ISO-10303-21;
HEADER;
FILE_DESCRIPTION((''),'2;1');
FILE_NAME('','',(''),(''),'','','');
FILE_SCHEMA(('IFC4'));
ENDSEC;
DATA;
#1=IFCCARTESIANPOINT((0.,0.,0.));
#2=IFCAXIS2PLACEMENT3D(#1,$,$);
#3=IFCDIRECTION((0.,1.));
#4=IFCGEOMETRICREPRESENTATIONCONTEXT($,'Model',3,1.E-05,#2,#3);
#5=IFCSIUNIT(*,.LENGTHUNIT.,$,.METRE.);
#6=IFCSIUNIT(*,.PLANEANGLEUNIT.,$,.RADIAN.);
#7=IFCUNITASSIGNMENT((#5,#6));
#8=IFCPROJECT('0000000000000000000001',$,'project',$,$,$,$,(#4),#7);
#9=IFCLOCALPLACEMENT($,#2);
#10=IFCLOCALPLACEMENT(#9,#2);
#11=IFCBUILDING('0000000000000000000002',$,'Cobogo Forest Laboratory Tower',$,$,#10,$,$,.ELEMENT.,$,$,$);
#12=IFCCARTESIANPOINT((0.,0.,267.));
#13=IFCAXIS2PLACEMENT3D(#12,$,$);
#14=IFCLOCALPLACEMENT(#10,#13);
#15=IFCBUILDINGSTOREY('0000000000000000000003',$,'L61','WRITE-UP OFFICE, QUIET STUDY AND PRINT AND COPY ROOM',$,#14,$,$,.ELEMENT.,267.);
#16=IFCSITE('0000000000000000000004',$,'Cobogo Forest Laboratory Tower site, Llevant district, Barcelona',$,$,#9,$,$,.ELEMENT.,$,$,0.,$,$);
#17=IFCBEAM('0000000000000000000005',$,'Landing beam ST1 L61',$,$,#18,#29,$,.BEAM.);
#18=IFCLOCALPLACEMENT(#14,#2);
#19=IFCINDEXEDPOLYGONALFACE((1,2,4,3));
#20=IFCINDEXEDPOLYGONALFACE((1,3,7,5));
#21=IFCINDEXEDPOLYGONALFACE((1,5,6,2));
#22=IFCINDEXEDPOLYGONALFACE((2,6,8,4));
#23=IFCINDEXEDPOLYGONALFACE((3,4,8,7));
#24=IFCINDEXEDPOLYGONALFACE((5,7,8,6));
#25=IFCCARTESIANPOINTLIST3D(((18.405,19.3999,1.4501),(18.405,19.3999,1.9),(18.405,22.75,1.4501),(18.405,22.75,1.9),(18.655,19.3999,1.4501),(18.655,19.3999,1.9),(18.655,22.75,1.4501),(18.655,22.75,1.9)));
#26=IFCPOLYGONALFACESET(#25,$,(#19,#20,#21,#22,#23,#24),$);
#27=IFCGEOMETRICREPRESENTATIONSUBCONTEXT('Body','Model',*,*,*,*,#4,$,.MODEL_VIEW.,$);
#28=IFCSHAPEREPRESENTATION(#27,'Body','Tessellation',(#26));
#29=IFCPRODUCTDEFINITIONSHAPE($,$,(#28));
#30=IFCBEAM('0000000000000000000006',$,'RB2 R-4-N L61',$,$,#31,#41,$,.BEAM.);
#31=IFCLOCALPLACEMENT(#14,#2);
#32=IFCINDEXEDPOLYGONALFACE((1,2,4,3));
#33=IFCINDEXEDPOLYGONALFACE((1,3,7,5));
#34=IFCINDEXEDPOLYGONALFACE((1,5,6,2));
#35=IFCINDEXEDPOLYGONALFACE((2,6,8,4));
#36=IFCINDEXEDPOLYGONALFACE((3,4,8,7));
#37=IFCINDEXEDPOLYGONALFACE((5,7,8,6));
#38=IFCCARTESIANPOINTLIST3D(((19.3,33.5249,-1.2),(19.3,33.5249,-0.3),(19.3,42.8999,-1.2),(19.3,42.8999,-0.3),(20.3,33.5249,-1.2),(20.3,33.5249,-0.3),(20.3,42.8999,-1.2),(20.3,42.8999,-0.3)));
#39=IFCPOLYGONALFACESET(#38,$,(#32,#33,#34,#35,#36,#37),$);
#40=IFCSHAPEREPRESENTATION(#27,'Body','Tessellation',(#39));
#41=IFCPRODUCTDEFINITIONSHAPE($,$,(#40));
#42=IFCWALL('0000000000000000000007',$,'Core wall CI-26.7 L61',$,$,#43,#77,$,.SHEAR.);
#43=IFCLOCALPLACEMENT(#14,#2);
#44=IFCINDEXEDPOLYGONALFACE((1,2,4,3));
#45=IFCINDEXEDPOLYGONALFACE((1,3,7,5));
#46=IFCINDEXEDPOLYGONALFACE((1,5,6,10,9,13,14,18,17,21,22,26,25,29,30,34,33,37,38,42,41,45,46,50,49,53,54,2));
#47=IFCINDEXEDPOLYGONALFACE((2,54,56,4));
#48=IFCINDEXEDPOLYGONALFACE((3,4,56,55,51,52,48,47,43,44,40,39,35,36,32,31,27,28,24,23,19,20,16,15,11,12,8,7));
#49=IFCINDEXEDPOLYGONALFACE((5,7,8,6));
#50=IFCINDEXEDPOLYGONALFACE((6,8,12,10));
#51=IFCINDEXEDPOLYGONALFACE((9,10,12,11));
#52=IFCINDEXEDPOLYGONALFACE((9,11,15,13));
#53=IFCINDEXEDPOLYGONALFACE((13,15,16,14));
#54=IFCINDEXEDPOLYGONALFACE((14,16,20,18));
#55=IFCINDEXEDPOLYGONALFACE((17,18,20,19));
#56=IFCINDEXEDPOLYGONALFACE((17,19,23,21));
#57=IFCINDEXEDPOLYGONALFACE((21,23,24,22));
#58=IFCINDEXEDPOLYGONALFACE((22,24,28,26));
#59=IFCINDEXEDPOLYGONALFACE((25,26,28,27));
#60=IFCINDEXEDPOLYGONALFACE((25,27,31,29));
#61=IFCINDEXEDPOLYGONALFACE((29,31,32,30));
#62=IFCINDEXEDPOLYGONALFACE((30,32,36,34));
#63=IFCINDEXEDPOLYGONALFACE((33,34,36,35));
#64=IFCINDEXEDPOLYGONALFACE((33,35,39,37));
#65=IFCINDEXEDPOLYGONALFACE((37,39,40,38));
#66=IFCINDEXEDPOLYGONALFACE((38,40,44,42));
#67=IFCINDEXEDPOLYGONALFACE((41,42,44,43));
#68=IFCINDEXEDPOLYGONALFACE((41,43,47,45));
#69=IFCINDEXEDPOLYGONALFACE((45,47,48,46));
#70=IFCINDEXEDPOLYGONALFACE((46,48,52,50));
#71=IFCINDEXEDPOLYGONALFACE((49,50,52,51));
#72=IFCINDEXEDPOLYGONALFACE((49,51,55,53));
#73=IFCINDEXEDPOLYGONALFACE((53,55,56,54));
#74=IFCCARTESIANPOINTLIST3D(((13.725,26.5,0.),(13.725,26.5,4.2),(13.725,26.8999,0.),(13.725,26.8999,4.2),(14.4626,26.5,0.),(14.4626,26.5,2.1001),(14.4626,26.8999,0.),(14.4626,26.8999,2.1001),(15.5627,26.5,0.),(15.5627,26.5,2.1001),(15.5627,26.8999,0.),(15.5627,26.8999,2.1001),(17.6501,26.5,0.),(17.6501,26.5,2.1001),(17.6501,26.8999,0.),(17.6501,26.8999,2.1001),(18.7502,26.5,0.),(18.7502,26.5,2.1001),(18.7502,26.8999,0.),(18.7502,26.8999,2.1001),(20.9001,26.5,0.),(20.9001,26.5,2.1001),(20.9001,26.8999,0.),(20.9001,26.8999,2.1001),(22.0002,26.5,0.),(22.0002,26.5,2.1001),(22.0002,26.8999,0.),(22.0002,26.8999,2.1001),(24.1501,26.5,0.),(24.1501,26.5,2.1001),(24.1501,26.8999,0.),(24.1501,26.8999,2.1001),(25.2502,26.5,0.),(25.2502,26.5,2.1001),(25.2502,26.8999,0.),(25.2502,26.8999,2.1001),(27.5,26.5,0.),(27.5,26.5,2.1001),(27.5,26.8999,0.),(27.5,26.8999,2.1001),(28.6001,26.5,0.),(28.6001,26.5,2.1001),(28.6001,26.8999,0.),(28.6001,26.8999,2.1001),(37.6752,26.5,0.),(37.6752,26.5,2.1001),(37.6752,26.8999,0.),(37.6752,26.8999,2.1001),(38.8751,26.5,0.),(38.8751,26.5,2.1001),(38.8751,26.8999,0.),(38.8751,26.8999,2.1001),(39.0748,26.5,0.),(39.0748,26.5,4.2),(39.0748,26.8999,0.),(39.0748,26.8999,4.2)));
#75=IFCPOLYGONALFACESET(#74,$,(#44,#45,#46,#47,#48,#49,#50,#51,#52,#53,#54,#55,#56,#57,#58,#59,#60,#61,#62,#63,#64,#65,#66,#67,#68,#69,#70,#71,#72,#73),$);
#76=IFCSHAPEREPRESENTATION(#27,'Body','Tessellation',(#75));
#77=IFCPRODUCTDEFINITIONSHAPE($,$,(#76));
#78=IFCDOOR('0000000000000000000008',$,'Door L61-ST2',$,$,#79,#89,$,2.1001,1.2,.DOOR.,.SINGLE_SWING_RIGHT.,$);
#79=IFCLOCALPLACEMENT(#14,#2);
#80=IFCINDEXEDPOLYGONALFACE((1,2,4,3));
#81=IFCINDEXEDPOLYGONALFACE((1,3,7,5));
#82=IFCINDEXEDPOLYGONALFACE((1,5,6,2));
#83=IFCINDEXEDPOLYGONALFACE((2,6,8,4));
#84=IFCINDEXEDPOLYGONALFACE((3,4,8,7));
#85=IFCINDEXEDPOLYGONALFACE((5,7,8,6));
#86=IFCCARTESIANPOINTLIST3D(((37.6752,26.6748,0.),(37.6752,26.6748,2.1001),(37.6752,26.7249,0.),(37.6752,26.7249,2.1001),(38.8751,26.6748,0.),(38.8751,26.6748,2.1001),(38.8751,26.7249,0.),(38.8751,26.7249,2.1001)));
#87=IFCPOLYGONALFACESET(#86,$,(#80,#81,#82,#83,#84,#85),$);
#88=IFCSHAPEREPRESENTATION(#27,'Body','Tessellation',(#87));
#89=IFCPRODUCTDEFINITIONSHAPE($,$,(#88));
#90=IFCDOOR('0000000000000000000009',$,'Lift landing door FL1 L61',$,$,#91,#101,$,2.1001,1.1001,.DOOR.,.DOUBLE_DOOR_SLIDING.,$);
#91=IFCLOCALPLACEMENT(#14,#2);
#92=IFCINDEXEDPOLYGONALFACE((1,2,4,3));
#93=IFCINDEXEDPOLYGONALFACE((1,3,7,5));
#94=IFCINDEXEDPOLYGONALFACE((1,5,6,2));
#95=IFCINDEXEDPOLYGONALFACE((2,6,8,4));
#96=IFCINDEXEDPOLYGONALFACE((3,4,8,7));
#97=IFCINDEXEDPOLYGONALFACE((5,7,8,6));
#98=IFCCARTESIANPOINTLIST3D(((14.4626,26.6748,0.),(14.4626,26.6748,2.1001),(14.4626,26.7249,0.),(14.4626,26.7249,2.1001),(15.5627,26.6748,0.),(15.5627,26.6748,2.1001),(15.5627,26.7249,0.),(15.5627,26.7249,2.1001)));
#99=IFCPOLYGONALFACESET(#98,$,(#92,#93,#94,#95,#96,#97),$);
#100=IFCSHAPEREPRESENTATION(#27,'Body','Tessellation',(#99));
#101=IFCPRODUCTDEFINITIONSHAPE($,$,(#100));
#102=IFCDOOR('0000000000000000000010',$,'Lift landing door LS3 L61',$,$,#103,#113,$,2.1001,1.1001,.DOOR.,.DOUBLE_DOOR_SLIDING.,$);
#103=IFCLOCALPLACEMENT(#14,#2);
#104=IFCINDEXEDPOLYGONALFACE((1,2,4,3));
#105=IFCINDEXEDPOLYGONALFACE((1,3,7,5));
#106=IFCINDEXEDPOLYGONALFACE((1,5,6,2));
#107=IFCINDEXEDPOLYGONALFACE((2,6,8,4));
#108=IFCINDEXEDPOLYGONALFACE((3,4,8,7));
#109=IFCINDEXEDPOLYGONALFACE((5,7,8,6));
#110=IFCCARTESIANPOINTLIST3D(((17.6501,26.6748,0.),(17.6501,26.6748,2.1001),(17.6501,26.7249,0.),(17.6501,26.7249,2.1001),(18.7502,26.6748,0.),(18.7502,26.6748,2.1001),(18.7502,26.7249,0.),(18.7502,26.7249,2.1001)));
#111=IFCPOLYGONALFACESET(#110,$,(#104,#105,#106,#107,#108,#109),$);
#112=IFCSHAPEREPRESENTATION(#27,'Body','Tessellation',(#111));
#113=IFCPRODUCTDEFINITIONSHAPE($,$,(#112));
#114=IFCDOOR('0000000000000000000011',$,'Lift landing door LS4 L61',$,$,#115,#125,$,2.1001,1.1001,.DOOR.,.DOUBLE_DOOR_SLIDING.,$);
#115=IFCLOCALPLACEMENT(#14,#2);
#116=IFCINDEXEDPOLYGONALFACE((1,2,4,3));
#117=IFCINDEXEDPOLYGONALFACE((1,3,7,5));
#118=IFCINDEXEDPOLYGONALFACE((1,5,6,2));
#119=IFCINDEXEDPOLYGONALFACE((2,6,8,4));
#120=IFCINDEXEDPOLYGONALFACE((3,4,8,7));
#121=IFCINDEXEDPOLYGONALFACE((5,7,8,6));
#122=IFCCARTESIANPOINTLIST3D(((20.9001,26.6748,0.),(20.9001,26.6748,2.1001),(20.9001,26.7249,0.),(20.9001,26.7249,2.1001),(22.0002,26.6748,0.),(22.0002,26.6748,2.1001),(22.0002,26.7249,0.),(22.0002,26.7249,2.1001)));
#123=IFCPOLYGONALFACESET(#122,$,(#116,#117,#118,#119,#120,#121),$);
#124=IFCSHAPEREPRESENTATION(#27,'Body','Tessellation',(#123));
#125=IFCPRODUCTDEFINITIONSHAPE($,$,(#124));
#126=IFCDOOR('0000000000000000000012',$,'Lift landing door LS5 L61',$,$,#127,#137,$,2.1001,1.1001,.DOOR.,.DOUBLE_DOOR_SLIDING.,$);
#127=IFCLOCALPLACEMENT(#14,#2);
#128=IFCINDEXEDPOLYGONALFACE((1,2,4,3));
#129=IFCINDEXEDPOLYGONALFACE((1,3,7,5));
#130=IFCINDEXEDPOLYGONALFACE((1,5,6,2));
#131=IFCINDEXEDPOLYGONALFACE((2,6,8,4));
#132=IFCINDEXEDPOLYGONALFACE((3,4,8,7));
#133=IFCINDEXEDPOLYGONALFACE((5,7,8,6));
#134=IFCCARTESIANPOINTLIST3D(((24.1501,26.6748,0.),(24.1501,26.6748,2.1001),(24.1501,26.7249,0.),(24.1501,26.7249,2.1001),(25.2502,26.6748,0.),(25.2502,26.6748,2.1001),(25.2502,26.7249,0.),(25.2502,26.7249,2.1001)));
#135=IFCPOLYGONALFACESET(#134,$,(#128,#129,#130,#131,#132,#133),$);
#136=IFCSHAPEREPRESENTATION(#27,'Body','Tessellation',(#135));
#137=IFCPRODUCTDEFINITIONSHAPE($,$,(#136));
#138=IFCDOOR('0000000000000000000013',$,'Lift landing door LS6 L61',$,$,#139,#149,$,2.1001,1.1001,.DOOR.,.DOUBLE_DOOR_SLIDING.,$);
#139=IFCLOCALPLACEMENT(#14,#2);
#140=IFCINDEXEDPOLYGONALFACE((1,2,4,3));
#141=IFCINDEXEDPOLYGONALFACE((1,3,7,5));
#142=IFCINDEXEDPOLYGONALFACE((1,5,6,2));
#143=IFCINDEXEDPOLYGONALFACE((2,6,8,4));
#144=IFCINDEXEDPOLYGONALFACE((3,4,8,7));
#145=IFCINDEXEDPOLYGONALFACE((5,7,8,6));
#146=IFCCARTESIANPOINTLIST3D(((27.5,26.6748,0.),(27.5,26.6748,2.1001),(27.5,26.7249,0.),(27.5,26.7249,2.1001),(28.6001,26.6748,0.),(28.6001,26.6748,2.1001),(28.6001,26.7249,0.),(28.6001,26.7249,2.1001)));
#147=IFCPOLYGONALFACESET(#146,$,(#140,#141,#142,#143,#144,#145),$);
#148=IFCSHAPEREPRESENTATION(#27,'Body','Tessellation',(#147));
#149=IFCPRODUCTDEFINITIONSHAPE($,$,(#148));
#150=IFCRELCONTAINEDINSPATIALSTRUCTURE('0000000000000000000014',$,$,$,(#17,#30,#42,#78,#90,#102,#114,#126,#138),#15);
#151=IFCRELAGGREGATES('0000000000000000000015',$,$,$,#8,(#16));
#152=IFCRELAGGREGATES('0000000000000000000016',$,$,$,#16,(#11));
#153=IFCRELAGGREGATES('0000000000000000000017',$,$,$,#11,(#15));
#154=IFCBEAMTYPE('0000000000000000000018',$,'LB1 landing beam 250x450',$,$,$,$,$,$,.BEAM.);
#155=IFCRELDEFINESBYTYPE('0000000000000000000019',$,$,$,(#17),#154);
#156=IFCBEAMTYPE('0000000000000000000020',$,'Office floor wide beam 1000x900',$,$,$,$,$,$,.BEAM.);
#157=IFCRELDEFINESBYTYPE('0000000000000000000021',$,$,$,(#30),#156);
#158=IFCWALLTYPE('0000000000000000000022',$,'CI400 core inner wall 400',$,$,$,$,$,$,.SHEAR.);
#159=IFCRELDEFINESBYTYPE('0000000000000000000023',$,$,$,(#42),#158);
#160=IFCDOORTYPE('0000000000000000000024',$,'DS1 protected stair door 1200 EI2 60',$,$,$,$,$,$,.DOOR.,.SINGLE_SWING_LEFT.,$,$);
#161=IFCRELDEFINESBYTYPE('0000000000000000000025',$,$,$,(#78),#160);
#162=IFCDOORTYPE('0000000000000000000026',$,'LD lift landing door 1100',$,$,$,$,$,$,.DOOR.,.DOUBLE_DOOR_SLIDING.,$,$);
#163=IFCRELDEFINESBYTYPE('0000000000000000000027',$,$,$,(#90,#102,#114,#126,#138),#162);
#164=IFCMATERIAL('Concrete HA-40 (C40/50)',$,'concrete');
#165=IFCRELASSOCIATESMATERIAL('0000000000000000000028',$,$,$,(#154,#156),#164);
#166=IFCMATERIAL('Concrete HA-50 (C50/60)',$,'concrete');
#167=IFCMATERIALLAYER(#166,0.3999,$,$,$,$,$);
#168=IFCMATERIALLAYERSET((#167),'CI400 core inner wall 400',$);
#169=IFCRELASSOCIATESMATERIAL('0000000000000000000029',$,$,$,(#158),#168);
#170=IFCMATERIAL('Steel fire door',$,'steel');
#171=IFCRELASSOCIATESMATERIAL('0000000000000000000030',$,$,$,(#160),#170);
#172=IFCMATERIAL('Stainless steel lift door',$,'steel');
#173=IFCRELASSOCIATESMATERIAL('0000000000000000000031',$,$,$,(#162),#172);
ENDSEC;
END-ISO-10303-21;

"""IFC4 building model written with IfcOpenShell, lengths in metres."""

from ifc_helpers import new_model, si_unit, direction, frame, frame_2d, origin, origin_2d, place, context, subcontext, project, spatial, rectangle, extrude, material, layer, layer_set, material_profile, profile_set, type_object, element, fill, save


model = new_model("IFC4")

# Units and contexts
model_context = context("Model", 3, precision=1e-05, world=origin(), true_north=direction((0.0, 1.0)))
body_context = subcontext(model_context, "Body", "Model", "MODEL_VIEW")
ifc_project = project(units=[si_unit("LENGTHUNIT", "METRE"), si_unit("PLANEANGLEUNIT", "RADIAN")], contexts=[model_context])

# Site, building, storey
site_placement = place(None, origin())
site = spatial("IfcSite", under=ifc_project, at=site_placement, Name="Cobogo Forest Laboratory Tower site, Llevant district, Barcelona", CompositionType="ELEMENT", RefElevation=0.0)
building_placement = place(site_placement, origin())
building = spatial("IfcBuilding", under=site, at=building_placement, Name="Cobogo Forest Laboratory Tower", CompositionType="ELEMENT")
storey_placement = place(building_placement, frame((0.0, 0.0, 267.0)))
storey = spatial("IfcBuildingStorey", under=building, at=storey_placement, Name="L61", Description="WRITE-UP OFFICE, QUIET STUDY AND PRINT AND COPY ROOM", CompositionType="ELEMENT", Elevation=267.0)

# Beams
ifc_material_1 = material(Name="Concrete HA-40 (C40/50)", Category="concrete")
ifc_material_profile_1 = material_profile(ifc_material_1, rectangle(XDim=0.25, YDim=0.45, at=origin_2d()), Name="RC 250x450")
ifc_profile_set_1 = profile_set([ifc_material_profile_1], Name="Concrete HA-40 (C40/50)")
beam_type_1 = type_object("IfcBeamType", Name="LB1 landing beam 250x450", PredefinedType="BEAM", material=ifc_profile_set_1)
beam_1_placement = place(storey_placement, frame((18.53, 19.3999, 1.675), z_axis=(0.0, 1.0, 0.0), x_axis=(-1.0, 0.0, 0.0)))
element("IfcBeam", 1, at=beam_1_placement, inside=storey, type_object=beam_type_1, Name="Landing beam ST1 L61", PredefinedType="BEAM", context=body_context, shape_type="SweptSolid", body=[
    extrude(rectangle(XDim=0.25, YDim=0.45, at=origin_2d()), origin(), (0.0, 0.0, 1.0), 3.3501),
])
ifc_material_profile_2 = material_profile(ifc_material_1, rectangle(XDim=1.0, YDim=0.8999, at=origin_2d()), Name="RC 1000x900")
ifc_profile_set_2 = profile_set([ifc_material_profile_2], Name="Concrete HA-40 (C40/50)")
beam_type_2 = type_object("IfcBeamType", Name="Office floor wide beam 1000x900", PredefinedType="BEAM", material=ifc_profile_set_2)
beam_2_placement = place(storey_placement, frame((19.8, 33.5249, -0.75), z_axis=(0.0, 1.0, 0.0), x_axis=(-1.0, 0.0, 0.0)))
element("IfcBeam", 2, at=beam_2_placement, inside=storey, type_object=beam_type_2, Name="RB2 R-4-N L61", PredefinedType="BEAM", context=body_context, shape_type="SweptSolid", body=[
    extrude(rectangle(XDim=1.0, YDim=0.8999, at=origin_2d()), origin(), (0.0, 0.0, 1.0), 9.375),
])

# Wall, openings, doors
ifc_material_2 = material(Name="Concrete HA-50 (C50/60)", Category="concrete")
ifc_layer_1 = layer(ifc_material_2, 0.3999)
ifc_layer_set_1 = layer_set([ifc_layer_1], Name="CI400 core inner wall 400")
wall_type_1 = type_object("IfcWallType", Name="CI400 core inner wall 400", PredefinedType="SHEAR", material=ifc_layer_set_1)
wall_1_placement = place(storey_placement, frame((13.7251, 26.7, 0.0), z_axis=(0.0, 0.0, 1.0), x_axis=(1.0, 0.0, 0.0)))
wall_1 = element("IfcWall", 3, at=wall_1_placement, inside=storey, type_object=wall_type_1, Name="Core wall CI-26.7 L61", PredefinedType="SHEAR", context=body_context, shape_type="SweptSolid", body=[
    extrude(rectangle(XDim=25.3499, YDim=0.3999, at=frame_2d((12.6748, 0.0))), origin(), (0.0, 0.0, 1.0), 4.2),
])
opening_1_placement = place(wall_1_placement, frame((23.95, 0.0, 0.0)))
opening_1 = element("IfcOpeningElement", 4, at=opening_1_placement, cuts=wall_1, PredefinedType="OPENING", context=body_context, shape_type="SweptSolid", body=[
    extrude(rectangle(XDim=1.2, YDim=2.1001, at=frame_2d((0.6001, 1.05))), frame((0.0, 0.21, 0.0), z_axis=(0.0, -1.0, 0.0), x_axis=(1.0, 0.0, 0.0)), (0.0, 0.0, 1.0), 0.4199),
])
opening_2_placement = place(wall_1_placement, frame((0.7375, 0.0, 0.0)))
opening_2 = element("IfcOpeningElement", 5, at=opening_2_placement, cuts=wall_1, PredefinedType="OPENING", context=body_context, shape_type="SweptSolid", body=[
    extrude(rectangle(XDim=1.1001, YDim=2.1001, at=frame_2d((0.55, 1.05))), frame((0.0, 0.21, 0.0), z_axis=(0.0, -1.0, 0.0), x_axis=(1.0, 0.0, 0.0)), (0.0, 0.0, 1.0), 0.4199),
])
opening_3_placement = place(wall_1_placement, frame((3.925, 0.0, 0.0)))
opening_3 = element("IfcOpeningElement", 6, at=opening_3_placement, cuts=wall_1, PredefinedType="OPENING", context=body_context, shape_type="SweptSolid", body=[
    extrude(rectangle(XDim=1.1001, YDim=2.1001, at=frame_2d((0.55, 1.05))), frame((0.0, 0.21, 0.0), z_axis=(0.0, -1.0, 0.0), x_axis=(1.0, 0.0, 0.0)), (0.0, 0.0, 1.0), 0.4199),
])
opening_4_placement = place(wall_1_placement, frame((7.175, 0.0, 0.0)))
opening_4 = element("IfcOpeningElement", 7, at=opening_4_placement, cuts=wall_1, PredefinedType="OPENING", context=body_context, shape_type="SweptSolid", body=[
    extrude(rectangle(XDim=1.1001, YDim=2.1001, at=frame_2d((0.55, 1.05))), frame((0.0, 0.21, 0.0), z_axis=(0.0, -1.0, 0.0), x_axis=(1.0, 0.0, 0.0)), (0.0, 0.0, 1.0), 0.4199),
])
opening_5_placement = place(wall_1_placement, frame((10.425, 0.0, 0.0)))
opening_5 = element("IfcOpeningElement", 8, at=opening_5_placement, cuts=wall_1, PredefinedType="OPENING", context=body_context, shape_type="SweptSolid", body=[
    extrude(rectangle(XDim=1.1001, YDim=2.1001, at=frame_2d((0.55, 1.05))), frame((0.0, 0.21, 0.0), z_axis=(0.0, -1.0, 0.0), x_axis=(1.0, 0.0, 0.0)), (0.0, 0.0, 1.0), 0.4199),
])
opening_6_placement = place(wall_1_placement, frame((13.7749, 0.0, 0.0)))
opening_6 = element("IfcOpeningElement", 9, at=opening_6_placement, cuts=wall_1, PredefinedType="OPENING", context=body_context, shape_type="SweptSolid", body=[
    extrude(rectangle(XDim=1.1001, YDim=2.1001, at=frame_2d((0.55, 1.05))), frame((0.0, 0.21, 0.0), z_axis=(0.0, -1.0, 0.0), x_axis=(1.0, 0.0, 0.0)), (0.0, 0.0, 1.0), 0.4199),
])
ifc_material_3 = material(Name="Steel fire door", Category="steel")
door_type_1 = type_object("IfcDoorType", Name="DS1 protected stair door 1200 EI2 60", OperationType="SINGLE_SWING_LEFT", PredefinedType="DOOR", material=ifc_material_3)
door_1_placement = place(opening_1_placement, origin())
door_1 = element("IfcDoor", 10, at=door_1_placement, inside=storey, type_object=door_type_1, Name="Door L61-ST2", OperationType="SINGLE_SWING_RIGHT", OverallHeight=2.1001, OverallWidth=1.2, PredefinedType="DOOR", context=body_context, shape_type="SweptSolid", body=[
    extrude(rectangle(XDim=1.2, YDim=2.1001, at=frame_2d((0.6001, 1.05))), frame((0.0, 0.0249, 0.0), z_axis=(0.0, -1.0, 0.0), x_axis=(1.0, 0.0, 0.0)), (0.0, 0.0, 1.0), 0.05),
])
fill(opening_1, door_1)
ifc_material_4 = material(Name="Stainless steel lift door", Category="steel")
door_type_2 = type_object("IfcDoorType", Name="LD lift landing door 1100", OperationType="DOUBLE_DOOR_SLIDING", PredefinedType="DOOR", material=ifc_material_4)
door_2_placement = place(opening_2_placement, origin())
door_2 = element("IfcDoor", 11, at=door_2_placement, inside=storey, type_object=door_type_2, Name="Lift landing door FL1 L61", OperationType="DOUBLE_DOOR_SLIDING", OverallHeight=2.1001, OverallWidth=1.1001, PredefinedType="DOOR", context=body_context, shape_type="SweptSolid", body=[
    extrude(rectangle(XDim=1.1001, YDim=2.1001, at=frame_2d((0.55, 1.05))), frame((0.0, 0.0249, 0.0), z_axis=(0.0, -1.0, 0.0), x_axis=(1.0, 0.0, 0.0)), (0.0, 0.0, 1.0), 0.05),
])
fill(opening_2, door_2)
door_3_placement = place(opening_3_placement, origin())
door_3 = element("IfcDoor", 12, at=door_3_placement, inside=storey, type_object=door_type_2, Name="Lift landing door LS3 L61", OperationType="DOUBLE_DOOR_SLIDING", OverallHeight=2.1001, OverallWidth=1.1001, PredefinedType="DOOR", context=body_context, shape_type="SweptSolid", body=[
    extrude(rectangle(XDim=1.1001, YDim=2.1001, at=frame_2d((0.55, 1.05))), frame((0.0, 0.0249, 0.0), z_axis=(0.0, -1.0, 0.0), x_axis=(1.0, 0.0, 0.0)), (0.0, 0.0, 1.0), 0.05),
])
fill(opening_3, door_3)
door_4_placement = place(opening_4_placement, origin())
door_4 = element("IfcDoor", 13, at=door_4_placement, inside=storey, type_object=door_type_2, Name="Lift landing door LS4 L61", OperationType="DOUBLE_DOOR_SLIDING", OverallHeight=2.1001, OverallWidth=1.1001, PredefinedType="DOOR", context=body_context, shape_type="SweptSolid", body=[
    extrude(rectangle(XDim=1.1001, YDim=2.1001, at=frame_2d((0.55, 1.05))), frame((0.0, 0.0249, 0.0), z_axis=(0.0, -1.0, 0.0), x_axis=(1.0, 0.0, 0.0)), (0.0, 0.0, 1.0), 0.05),
])
fill(opening_4, door_4)
door_5_placement = place(opening_5_placement, origin())
door_5 = element("IfcDoor", 14, at=door_5_placement, inside=storey, type_object=door_type_2, Name="Lift landing door LS5 L61", OperationType="DOUBLE_DOOR_SLIDING", OverallHeight=2.1001, OverallWidth=1.1001, PredefinedType="DOOR", context=body_context, shape_type="SweptSolid", body=[
    extrude(rectangle(XDim=1.1001, YDim=2.1001, at=frame_2d((0.55, 1.05))), frame((0.0, 0.0249, 0.0), z_axis=(0.0, -1.0, 0.0), x_axis=(1.0, 0.0, 0.0)), (0.0, 0.0, 1.0), 0.05),
])
fill(opening_5, door_5)
door_6_placement = place(opening_6_placement, origin())
door_6 = element("IfcDoor", 15, at=door_6_placement, inside=storey, type_object=door_type_2, Name="Lift landing door LS6 L61", OperationType="DOUBLE_DOOR_SLIDING", OverallHeight=2.1001, OverallWidth=1.1001, PredefinedType="DOOR", context=body_context, shape_type="SweptSolid", body=[
    extrude(rectangle(XDim=1.1001, YDim=2.1001, at=frame_2d((0.55, 1.05))), frame((0.0, 0.0249, 0.0), z_axis=(0.0, -1.0, 0.0), x_axis=(1.0, 0.0, 0.0)), (0.0, 0.0, 1.0), 0.05),
])
fill(opening_6, door_6)

save(model, "model.ifc")
